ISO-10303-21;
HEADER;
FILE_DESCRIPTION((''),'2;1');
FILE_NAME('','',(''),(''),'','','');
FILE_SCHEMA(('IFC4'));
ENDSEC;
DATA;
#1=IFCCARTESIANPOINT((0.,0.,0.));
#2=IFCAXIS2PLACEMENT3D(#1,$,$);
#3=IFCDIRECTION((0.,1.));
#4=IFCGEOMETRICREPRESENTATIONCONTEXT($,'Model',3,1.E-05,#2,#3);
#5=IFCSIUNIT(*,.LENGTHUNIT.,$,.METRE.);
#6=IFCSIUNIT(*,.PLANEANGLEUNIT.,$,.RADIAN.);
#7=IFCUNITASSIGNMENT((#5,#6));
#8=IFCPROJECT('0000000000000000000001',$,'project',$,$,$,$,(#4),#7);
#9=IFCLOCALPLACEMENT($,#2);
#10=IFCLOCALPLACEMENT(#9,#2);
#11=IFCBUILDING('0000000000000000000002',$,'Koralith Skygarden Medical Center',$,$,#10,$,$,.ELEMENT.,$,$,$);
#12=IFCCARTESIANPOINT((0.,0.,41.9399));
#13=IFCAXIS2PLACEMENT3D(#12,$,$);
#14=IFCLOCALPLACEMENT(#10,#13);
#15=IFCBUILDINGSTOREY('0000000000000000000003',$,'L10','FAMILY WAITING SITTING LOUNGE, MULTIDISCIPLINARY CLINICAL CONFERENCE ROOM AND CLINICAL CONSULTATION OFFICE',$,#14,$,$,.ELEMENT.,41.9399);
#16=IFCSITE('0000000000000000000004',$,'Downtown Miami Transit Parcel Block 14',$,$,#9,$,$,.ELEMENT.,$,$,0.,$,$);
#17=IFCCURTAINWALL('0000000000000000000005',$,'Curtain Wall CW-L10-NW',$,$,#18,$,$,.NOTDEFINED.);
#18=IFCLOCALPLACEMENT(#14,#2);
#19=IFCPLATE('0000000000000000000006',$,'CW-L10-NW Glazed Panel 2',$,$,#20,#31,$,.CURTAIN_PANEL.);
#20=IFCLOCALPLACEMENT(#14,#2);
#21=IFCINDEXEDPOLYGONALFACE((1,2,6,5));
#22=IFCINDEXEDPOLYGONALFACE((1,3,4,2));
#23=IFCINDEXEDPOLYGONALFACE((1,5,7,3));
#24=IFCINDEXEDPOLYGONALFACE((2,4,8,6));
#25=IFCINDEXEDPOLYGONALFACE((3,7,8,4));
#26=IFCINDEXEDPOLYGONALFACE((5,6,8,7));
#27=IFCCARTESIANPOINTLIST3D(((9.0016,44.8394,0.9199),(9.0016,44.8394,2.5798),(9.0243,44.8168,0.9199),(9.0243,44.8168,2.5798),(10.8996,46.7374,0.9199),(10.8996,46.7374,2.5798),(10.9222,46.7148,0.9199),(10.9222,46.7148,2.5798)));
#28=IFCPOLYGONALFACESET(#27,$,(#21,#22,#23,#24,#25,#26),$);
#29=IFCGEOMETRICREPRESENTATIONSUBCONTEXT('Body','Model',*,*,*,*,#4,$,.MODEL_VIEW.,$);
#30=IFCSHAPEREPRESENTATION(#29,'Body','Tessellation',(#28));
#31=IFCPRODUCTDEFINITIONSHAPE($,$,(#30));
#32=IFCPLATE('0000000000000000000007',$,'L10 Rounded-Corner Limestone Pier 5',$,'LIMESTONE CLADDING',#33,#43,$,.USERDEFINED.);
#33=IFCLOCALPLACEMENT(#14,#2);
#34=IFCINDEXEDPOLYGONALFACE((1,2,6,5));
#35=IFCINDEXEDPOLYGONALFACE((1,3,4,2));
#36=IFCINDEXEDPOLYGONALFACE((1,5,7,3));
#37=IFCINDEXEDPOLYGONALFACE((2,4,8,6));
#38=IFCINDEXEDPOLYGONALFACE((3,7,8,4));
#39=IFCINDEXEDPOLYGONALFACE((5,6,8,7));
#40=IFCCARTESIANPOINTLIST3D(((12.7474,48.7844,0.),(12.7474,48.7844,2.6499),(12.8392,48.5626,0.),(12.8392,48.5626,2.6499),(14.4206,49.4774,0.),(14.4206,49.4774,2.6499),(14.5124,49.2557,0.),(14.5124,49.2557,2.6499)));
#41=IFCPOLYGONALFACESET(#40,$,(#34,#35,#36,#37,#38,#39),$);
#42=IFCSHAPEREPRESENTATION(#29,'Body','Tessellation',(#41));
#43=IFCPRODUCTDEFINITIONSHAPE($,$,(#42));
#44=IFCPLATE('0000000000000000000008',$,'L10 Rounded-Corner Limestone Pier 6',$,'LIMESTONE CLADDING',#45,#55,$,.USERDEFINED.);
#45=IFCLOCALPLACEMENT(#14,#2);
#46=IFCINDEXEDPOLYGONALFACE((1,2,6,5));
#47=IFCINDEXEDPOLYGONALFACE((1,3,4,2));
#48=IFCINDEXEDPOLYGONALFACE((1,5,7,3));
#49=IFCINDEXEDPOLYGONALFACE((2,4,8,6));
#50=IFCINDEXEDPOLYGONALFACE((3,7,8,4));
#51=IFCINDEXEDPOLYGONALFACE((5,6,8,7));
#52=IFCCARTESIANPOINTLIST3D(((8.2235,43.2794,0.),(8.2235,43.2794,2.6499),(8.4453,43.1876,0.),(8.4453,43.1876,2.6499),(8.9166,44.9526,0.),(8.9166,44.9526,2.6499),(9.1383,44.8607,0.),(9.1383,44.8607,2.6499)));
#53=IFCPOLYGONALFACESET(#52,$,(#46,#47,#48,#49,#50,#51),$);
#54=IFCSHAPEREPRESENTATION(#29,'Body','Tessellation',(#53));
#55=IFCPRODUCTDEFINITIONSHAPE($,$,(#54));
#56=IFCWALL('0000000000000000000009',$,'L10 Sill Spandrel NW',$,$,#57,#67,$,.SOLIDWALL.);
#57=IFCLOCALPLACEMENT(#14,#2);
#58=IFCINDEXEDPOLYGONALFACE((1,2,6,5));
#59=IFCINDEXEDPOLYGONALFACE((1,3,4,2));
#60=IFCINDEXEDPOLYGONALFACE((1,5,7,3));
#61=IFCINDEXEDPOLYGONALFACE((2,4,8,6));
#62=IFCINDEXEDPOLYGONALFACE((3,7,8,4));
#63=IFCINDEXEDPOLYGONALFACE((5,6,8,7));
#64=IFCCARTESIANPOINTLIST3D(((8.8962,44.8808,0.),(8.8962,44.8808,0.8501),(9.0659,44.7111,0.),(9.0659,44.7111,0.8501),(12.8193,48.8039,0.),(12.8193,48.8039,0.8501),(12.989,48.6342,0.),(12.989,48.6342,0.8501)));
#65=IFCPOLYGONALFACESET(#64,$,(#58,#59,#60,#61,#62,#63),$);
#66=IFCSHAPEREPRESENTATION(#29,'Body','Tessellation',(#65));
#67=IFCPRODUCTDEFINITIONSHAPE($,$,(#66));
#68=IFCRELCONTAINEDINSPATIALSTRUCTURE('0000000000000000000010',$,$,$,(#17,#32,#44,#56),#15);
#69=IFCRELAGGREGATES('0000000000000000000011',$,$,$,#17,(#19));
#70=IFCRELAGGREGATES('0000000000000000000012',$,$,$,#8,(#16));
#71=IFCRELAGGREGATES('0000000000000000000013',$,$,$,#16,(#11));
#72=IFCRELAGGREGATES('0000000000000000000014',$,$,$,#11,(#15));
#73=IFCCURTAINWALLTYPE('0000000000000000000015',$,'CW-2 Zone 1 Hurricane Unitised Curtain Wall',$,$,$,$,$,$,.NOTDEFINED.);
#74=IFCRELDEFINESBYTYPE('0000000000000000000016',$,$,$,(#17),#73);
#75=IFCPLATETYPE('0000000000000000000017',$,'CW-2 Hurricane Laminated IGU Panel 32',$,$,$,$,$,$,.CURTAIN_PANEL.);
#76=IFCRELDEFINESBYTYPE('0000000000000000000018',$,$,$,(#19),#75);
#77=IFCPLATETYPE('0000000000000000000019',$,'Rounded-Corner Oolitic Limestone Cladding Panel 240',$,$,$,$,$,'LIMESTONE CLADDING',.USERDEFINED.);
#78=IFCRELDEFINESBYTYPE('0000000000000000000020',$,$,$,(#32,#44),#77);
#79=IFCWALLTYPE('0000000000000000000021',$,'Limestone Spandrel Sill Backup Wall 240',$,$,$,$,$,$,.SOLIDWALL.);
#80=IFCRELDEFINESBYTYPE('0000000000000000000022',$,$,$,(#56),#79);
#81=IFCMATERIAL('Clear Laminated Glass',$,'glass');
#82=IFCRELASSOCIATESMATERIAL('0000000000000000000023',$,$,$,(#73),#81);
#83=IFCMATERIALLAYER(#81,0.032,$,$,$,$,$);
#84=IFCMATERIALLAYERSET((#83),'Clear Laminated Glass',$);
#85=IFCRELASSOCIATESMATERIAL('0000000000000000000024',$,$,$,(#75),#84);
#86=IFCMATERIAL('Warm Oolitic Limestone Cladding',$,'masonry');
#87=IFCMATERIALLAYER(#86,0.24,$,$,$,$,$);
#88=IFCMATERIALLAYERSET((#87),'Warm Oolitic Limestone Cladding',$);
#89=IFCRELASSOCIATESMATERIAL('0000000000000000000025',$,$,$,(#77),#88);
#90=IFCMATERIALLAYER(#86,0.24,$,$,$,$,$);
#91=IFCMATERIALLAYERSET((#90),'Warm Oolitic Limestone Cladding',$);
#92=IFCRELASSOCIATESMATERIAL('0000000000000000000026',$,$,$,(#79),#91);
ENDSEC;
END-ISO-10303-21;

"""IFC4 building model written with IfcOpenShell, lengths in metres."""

from ifc_helpers import new_model, si_unit, direction, frame, frame_2d, origin, origin_2d, place, context, subcontext, project, spatial, rectangle, extrude, material, layer, layer_set, type_object, element, aggregate, save


model = new_model("IFC4")

# Units and contexts
model_context = context("Model", 3, precision=1e-05, world=origin(), true_north=direction((0.0, 1.0)))
body_context = subcontext(model_context, "Body", "Model", "MODEL_VIEW")
ifc_project = project(units=[si_unit("LENGTHUNIT", "METRE"), si_unit("PLANEANGLEUNIT", "RADIAN")], contexts=[model_context])

# Site, building, storey
site_placement = place(None, origin())
site = spatial("IfcSite", under=ifc_project, at=site_placement, Name="Downtown Miami Transit Parcel Block 14", CompositionType="ELEMENT", RefElevation=0.0)
building_placement = place(site_placement, origin())
building = spatial("IfcBuilding", under=site, at=building_placement, Name="Koralith Skygarden Medical Center", CompositionType="ELEMENT")
storey_placement = place(building_placement, frame((0.0, 0.0, 41.9399)))
storey = spatial("IfcBuildingStorey", under=building, at=storey_placement, Name="L10", Description="FAMILY WAITING SITTING LOUNGE, MULTIDISCIPLINARY CLINICAL CONFERENCE ROOM AND CLINICAL CONSULTATION OFFICE", CompositionType="ELEMENT", Elevation=41.9399)

# Shared definitions
ifc_material_1 = material(Name="Clear Laminated Glass", Category="glass")
curtain_wall_type = type_object("IfcCurtainWallType", Name="CW-2 Zone 1 Hurricane Unitised Curtain Wall", PredefinedType="NOTDEFINED", material=ifc_material_1)

# Curtain wall
curtain_wall_1_placement = place(storey_placement, origin())
curtain_wall_1 = element("IfcCurtainWall", 1, at=curtain_wall_1_placement, inside=storey, type_object=curtain_wall_type, Name="Curtain Wall CW-L10-NW", PredefinedType="NOTDEFINED")

# Plate
ifc_layer_1 = layer(ifc_material_1, 0.032)
ifc_layer_set_1 = layer_set([ifc_layer_1], Name="Clear Laminated Glass")
plate_type_1 = type_object("IfcPlateType", Name="CW-2 Hurricane Laminated IGU Panel 32", PredefinedType="CURTAIN_PANEL", material=ifc_layer_set_1)
plate_1_placement = place(storey_placement, frame((9.9619, 45.7771, 0.9199), z_axis=(0.0, 0.0, 1.0), x_axis=(-0.707107, -0.707107, 0.0)))
plate_1 = element("IfcPlate", 2, at=plate_1_placement, type_object=plate_type_1, Name="CW-L10-NW Glazed Panel 2", PredefinedType="CURTAIN_PANEL", context=body_context, shape_type="SweptSolid", body=[
    extrude(rectangle(XDim=2.6841, YDim=0.032, at=origin_2d()), origin(), (0.0, 0.0, 1.0), 1.6599),
])
aggregate(curtain_wall_1, [plate_1])

# Plates
ifc_material_2 = material(Name="Warm Oolitic Limestone Cladding", Category="masonry")
ifc_layer_2 = layer(ifc_material_2, 0.24)
ifc_layer_set_2 = layer_set([ifc_layer_2], Name="Warm Oolitic Limestone Cladding")
plate_type_2 = type_object("IfcPlateType", Name="Rounded-Corner Oolitic Limestone Cladding Panel 240", ElementType="LIMESTONE CLADDING", PredefinedType="USERDEFINED", material=ifc_layer_set_2)
for number, where, z_axis, x_axis, name in (
    (3, (13.6299, 49.02, 0.0), (0.0, 0.0, 1.0), (-0.923885, -0.382671, 0.0), "L10 Rounded-Corner Limestone Pier 5"),
    (4, (8.6809, 44.0701, 0.0), (0.0, 0.0, 1.0), (-0.382671, -0.923885, 0.0), "L10 Rounded-Corner Limestone Pier 6"),
):
    element("IfcPlate", number, at=place(storey_placement, frame(where, z_axis=z_axis, x_axis=x_axis)), inside=storey, type_object=plate_type_2, Name=name, ObjectType="LIMESTONE CLADDING", PredefinedType="USERDEFINED", context=body_context, shape_type="SweptSolid", body=[
        extrude(rectangle(XDim=1.811, YDim=0.24, at=origin_2d()), origin(), (0.0, 0.0, 1.0), 2.6499),
    ])

# Wall
ifc_layer_3 = layer(ifc_material_2, 0.24)
ifc_layer_set_3 = layer_set([ifc_layer_3], Name="Warm Oolitic Limestone Cladding")
wall_type = type_object("IfcWallType", Name="Limestone Spandrel Sill Backup Wall 240", PredefinedType="SOLIDWALL", material=ifc_layer_set_3)
wall_placement = place(storey_placement, frame((12.9041, 48.719, 0.0), z_axis=(0.0, 0.0, 1.0), x_axis=(-0.707107, -0.707107, 0.0)))
element("IfcWall", 5, at=wall_placement, inside=storey, type_object=wall_type, Name="L10 Sill Spandrel NW", PredefinedType="SOLIDWALL", context=body_context, shape_type="SweptSolid", body=[
    extrude(rectangle(XDim=5.5481, YDim=0.24, at=frame_2d((2.7739, 0.0))), origin(), (0.0, 0.0, 1.0), 0.8501),
])

save(model, "model.ifc")
